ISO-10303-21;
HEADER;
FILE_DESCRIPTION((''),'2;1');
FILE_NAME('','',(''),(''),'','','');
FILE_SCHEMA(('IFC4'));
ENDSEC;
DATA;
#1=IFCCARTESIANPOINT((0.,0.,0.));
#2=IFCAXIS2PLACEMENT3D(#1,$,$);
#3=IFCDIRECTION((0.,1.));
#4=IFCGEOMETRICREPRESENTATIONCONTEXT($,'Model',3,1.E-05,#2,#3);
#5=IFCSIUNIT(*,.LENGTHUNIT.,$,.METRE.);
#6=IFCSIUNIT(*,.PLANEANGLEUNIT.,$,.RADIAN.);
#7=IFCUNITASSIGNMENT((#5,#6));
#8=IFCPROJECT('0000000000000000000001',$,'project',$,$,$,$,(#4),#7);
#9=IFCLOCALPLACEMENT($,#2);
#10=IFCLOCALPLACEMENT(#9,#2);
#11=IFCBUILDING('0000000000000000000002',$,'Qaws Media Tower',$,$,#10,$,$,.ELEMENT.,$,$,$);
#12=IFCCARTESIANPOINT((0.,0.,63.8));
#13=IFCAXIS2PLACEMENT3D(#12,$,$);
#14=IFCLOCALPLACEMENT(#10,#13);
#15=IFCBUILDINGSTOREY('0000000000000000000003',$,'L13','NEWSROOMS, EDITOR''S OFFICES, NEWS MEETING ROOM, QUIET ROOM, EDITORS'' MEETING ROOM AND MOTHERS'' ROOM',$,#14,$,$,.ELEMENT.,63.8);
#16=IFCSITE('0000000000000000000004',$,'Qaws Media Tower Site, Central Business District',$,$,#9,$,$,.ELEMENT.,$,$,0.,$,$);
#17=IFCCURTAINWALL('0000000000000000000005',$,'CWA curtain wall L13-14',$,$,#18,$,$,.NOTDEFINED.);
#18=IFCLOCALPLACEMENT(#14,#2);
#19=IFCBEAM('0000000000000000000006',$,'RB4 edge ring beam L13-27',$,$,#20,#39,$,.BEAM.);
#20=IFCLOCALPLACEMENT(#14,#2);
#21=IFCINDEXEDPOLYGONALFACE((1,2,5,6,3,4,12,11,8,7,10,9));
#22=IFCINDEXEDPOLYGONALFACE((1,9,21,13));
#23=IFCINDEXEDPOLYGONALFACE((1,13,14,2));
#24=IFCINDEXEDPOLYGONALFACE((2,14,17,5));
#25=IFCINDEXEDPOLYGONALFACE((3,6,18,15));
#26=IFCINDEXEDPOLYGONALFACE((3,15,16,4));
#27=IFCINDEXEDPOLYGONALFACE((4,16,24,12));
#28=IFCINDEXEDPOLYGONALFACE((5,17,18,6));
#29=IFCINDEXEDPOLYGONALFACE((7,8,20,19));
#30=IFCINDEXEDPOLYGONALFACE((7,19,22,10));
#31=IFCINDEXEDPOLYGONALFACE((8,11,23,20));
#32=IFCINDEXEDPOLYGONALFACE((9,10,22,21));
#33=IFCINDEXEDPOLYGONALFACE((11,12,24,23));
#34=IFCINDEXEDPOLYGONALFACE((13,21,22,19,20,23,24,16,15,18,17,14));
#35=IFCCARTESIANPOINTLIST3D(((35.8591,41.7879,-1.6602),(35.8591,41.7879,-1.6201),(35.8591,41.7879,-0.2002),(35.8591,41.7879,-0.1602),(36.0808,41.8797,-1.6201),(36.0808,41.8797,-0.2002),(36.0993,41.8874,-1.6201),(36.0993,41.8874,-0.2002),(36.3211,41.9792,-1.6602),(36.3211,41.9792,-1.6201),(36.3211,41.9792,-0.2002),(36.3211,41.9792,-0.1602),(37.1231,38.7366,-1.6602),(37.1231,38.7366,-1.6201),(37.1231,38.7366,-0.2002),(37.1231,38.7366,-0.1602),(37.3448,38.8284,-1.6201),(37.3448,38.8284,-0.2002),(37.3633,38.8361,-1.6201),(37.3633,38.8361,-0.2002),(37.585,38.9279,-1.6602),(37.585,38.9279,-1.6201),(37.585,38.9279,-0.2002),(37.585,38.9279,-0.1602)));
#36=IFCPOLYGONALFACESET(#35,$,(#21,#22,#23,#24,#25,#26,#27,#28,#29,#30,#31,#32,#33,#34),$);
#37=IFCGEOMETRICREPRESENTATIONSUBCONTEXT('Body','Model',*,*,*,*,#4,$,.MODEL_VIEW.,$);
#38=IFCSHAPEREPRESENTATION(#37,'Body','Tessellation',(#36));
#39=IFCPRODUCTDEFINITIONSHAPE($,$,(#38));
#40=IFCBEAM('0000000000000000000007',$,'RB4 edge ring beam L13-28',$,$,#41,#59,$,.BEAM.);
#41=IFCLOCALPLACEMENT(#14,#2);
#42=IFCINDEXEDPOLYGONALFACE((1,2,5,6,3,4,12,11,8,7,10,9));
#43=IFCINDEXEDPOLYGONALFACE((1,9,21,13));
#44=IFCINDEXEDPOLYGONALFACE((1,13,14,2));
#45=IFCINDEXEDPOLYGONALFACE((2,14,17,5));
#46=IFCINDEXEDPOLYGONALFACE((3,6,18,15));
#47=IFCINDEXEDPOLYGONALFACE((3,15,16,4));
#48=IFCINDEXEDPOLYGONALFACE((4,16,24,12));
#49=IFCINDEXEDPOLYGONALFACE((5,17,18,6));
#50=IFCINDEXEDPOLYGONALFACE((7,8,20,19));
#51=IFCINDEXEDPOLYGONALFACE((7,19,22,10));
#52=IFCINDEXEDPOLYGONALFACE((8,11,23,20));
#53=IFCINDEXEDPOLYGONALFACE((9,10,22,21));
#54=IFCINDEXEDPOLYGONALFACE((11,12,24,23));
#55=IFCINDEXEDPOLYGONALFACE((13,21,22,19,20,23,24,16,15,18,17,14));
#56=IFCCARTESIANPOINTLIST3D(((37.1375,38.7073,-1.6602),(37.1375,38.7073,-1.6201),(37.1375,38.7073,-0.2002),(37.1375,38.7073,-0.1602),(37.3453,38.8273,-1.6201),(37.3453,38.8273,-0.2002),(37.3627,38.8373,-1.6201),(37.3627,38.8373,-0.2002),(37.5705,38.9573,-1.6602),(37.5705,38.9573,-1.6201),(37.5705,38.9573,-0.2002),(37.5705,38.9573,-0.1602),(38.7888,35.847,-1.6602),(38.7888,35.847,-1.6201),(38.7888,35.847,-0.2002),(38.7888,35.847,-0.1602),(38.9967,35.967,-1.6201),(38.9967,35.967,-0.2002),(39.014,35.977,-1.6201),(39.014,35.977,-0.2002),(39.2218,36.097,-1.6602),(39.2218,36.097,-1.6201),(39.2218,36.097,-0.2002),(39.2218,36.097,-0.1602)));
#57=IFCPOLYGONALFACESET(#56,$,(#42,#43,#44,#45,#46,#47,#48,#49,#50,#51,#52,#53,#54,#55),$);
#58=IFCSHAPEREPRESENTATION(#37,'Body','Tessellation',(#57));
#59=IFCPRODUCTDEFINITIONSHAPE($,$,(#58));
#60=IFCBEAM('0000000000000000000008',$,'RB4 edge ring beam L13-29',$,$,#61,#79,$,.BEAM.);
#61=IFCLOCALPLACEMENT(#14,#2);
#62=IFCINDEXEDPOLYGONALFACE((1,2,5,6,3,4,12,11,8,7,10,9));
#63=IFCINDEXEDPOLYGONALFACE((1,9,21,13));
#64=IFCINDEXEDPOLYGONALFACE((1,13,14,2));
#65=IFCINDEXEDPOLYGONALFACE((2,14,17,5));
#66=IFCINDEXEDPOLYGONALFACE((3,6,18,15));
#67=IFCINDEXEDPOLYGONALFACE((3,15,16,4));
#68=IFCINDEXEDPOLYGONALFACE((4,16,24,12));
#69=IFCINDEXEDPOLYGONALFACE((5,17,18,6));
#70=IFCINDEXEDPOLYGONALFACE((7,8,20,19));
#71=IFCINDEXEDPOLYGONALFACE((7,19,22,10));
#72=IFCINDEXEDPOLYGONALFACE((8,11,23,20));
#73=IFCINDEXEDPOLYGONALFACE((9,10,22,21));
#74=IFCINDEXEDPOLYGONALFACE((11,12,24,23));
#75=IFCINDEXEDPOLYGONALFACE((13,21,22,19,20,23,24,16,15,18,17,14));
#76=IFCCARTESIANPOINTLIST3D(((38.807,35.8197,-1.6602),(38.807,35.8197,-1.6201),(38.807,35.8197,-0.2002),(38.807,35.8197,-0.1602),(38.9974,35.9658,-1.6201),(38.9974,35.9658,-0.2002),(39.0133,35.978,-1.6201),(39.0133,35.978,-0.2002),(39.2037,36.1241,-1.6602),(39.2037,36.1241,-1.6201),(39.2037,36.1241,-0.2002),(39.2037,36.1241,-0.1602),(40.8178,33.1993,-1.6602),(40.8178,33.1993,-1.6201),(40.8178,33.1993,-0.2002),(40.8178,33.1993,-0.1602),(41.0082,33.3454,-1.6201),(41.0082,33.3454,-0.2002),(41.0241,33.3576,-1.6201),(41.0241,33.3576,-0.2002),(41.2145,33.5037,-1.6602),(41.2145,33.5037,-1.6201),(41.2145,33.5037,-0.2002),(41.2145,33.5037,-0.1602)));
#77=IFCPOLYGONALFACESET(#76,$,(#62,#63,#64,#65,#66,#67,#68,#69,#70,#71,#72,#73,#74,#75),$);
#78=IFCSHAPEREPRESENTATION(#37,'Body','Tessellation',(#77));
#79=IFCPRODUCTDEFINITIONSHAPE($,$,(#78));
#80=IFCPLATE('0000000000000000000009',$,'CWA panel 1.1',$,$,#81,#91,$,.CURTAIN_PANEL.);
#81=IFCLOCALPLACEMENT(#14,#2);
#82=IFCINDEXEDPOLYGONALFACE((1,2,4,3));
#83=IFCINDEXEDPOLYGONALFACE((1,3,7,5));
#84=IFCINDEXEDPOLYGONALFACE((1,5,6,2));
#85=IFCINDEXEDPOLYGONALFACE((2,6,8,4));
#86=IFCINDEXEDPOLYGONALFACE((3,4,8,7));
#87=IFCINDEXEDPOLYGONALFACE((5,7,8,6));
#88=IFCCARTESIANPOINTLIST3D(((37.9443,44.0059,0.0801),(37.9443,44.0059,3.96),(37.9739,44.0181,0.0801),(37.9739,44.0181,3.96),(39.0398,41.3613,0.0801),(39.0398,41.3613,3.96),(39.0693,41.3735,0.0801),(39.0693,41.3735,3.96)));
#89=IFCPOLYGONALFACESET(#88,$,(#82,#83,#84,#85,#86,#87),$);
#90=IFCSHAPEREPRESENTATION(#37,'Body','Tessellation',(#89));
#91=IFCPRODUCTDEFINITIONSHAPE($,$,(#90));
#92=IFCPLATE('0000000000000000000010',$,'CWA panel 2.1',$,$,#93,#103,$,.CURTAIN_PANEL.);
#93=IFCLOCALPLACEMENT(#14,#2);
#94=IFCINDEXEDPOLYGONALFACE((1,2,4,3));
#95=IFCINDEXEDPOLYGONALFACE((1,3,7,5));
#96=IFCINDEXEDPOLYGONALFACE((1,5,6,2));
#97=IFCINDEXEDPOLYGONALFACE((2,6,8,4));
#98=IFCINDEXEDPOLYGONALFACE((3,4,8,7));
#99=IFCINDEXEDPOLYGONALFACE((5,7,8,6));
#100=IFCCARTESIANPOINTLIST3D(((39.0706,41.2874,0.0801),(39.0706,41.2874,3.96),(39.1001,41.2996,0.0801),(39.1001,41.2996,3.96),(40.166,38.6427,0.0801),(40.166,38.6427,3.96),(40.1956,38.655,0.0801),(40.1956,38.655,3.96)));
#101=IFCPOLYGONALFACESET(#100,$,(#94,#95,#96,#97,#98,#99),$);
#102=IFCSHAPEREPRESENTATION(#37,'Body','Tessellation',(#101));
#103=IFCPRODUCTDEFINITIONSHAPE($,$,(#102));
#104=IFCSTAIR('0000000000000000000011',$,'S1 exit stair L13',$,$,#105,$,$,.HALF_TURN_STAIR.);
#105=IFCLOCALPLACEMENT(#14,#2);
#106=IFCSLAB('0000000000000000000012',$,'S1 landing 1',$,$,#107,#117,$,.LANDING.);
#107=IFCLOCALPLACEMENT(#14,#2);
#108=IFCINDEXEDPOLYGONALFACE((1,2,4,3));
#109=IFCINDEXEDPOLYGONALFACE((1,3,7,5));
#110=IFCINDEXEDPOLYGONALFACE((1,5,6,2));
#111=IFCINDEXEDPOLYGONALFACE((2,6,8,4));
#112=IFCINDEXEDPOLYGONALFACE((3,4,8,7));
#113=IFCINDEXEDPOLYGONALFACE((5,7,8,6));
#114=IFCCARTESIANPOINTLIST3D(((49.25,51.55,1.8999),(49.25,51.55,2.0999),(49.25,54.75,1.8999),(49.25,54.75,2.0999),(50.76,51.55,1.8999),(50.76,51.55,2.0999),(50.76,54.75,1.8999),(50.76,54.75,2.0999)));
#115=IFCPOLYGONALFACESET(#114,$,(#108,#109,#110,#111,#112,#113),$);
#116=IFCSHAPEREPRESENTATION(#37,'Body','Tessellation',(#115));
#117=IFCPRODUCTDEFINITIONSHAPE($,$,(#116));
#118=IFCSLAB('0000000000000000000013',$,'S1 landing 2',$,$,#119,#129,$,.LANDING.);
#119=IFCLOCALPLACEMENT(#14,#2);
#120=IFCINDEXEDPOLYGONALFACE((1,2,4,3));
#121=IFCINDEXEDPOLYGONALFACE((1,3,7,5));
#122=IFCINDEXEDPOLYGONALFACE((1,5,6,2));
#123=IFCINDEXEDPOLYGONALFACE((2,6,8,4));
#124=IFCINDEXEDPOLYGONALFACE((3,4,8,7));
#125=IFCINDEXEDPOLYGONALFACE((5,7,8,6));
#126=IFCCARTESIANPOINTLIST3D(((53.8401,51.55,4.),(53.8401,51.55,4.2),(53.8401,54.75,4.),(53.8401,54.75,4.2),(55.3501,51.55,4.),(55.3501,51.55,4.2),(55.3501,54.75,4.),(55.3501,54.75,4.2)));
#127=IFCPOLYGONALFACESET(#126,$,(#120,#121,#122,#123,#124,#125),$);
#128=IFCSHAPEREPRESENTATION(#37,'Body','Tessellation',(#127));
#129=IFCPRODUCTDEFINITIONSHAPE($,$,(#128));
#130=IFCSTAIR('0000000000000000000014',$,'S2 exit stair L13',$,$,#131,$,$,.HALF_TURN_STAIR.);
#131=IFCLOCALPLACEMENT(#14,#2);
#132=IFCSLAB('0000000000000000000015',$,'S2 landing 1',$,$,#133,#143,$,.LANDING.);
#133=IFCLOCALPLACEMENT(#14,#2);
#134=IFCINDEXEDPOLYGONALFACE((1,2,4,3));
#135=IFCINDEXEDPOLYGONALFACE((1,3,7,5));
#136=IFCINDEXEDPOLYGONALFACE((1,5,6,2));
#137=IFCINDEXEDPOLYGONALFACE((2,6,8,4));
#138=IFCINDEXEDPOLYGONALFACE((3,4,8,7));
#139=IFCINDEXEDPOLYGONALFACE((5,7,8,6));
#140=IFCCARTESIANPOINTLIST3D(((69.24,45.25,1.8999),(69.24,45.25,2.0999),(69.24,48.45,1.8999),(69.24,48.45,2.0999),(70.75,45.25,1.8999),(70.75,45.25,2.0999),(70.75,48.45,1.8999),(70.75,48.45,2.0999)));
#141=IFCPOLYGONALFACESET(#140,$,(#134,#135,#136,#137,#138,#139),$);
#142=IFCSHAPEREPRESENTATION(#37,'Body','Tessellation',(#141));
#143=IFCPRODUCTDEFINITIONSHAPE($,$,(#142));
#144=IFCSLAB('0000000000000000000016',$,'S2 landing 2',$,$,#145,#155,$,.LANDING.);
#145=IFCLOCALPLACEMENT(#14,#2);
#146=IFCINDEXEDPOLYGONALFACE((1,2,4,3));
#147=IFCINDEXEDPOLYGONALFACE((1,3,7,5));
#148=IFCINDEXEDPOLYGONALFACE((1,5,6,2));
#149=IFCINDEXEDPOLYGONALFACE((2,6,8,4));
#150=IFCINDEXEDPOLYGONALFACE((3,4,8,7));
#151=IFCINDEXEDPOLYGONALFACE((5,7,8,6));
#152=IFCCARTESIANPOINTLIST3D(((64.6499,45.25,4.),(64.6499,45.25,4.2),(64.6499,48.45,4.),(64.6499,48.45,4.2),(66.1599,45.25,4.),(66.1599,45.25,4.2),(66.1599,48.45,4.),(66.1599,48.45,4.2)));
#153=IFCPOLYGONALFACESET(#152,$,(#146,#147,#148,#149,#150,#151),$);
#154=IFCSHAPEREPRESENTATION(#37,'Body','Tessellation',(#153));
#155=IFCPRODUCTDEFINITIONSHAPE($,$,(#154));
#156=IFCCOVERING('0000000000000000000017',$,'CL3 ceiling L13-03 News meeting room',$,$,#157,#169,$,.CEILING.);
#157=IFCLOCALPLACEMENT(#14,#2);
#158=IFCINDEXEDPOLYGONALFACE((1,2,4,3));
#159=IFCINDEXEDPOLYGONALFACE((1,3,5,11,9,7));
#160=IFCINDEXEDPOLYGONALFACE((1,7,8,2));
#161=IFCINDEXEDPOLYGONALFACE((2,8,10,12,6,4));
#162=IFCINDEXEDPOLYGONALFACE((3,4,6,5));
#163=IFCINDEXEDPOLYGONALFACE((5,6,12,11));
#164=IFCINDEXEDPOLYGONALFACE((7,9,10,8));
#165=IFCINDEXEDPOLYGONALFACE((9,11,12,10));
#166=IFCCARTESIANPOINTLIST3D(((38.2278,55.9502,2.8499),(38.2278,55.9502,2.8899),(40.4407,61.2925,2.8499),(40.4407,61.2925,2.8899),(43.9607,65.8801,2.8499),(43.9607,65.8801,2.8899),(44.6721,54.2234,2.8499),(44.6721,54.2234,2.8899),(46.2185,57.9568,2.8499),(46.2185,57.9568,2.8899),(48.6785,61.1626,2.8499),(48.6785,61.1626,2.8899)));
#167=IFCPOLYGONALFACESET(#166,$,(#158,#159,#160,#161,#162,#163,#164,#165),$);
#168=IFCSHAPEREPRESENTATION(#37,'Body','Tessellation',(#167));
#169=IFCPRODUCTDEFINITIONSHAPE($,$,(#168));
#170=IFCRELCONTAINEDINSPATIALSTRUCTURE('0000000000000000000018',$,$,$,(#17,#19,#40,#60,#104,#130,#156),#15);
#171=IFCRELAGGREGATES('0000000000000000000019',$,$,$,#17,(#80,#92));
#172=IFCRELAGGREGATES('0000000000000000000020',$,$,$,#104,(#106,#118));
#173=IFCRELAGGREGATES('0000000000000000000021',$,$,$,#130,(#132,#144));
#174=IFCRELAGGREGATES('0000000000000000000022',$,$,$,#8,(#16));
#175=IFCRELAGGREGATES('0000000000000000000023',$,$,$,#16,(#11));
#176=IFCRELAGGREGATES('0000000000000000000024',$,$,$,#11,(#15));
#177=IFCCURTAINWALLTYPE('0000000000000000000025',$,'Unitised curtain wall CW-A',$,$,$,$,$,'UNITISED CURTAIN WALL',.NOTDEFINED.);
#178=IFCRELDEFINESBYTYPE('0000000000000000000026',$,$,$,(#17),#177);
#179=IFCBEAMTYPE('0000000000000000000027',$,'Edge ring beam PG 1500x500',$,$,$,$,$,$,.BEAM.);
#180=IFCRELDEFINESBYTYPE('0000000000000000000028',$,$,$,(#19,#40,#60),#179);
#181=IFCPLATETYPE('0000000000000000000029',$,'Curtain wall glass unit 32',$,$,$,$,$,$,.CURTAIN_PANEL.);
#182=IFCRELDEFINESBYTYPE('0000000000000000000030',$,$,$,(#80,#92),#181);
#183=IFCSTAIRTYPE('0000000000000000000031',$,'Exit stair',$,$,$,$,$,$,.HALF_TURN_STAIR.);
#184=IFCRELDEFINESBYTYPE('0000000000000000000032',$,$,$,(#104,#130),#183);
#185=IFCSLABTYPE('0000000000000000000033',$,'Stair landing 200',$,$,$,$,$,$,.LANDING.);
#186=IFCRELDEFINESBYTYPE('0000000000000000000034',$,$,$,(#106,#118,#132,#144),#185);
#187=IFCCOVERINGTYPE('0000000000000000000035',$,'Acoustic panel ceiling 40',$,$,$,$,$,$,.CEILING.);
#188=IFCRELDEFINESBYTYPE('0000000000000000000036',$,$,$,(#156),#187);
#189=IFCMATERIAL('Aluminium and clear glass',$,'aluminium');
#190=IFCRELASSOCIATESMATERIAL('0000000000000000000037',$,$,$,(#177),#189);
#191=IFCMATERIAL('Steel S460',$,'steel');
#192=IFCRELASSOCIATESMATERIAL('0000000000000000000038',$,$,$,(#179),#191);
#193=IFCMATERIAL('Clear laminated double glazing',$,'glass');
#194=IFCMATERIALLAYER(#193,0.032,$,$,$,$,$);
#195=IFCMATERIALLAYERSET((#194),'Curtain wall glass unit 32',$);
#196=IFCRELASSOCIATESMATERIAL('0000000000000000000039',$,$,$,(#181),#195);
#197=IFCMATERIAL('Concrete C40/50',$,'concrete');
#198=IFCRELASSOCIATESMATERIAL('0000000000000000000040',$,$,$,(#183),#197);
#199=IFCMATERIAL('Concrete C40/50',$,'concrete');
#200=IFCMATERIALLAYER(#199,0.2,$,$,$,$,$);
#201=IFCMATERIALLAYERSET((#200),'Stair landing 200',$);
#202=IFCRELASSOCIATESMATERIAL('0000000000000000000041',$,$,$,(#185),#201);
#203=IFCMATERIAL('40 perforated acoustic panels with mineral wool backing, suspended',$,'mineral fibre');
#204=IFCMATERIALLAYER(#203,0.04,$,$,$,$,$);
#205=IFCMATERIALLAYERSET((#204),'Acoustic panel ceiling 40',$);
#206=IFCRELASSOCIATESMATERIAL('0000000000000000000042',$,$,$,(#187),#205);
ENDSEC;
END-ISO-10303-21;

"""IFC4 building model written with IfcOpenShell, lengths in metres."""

from ifc_helpers import new_model, si_unit, direction, frame, origin, origin_2d, place, context, subcontext, project, spatial, polyline, rectangle, i_section, outline, extrude, material, layer, layer_set, material_profile, profile_set, type_object, element, aggregate, save


model = new_model("IFC4")

# Units and contexts
model_context = context("Model", 3, precision=1e-05, world=origin(), true_north=direction((0.0, 1.0)))
body_context = subcontext(model_context, "Body", "Model", "MODEL_VIEW")
ifc_project = project(units=[si_unit("LENGTHUNIT", "METRE"), si_unit("PLANEANGLEUNIT", "RADIAN")], contexts=[model_context])

# Site, building, storey
site_placement = place(None, origin())
site = spatial("IfcSite", under=ifc_project, at=site_placement, Name="Qaws Media Tower Site, Central Business District", CompositionType="ELEMENT", RefElevation=0.0)
building_placement = place(site_placement, origin())
building = spatial("IfcBuilding", under=site, at=building_placement, Name="Qaws Media Tower", CompositionType="ELEMENT")
storey_placement = place(building_placement, frame((0.0, 0.0, 63.8)))
storey = spatial("IfcBuildingStorey", under=building, at=storey_placement, Name="L13", Description="NEWSROOMS, EDITOR'S OFFICES, NEWS MEETING ROOM, QUIET ROOM, EDITORS' MEETING ROOM AND MOTHERS' ROOM", CompositionType="ELEMENT", Elevation=63.8)

# Curtain wall
ifc_material_1 = material(Name="Aluminium and clear glass", Category="aluminium")
curtain_wall_type = type_object("IfcCurtainWallType", Name="Unitised curtain wall CW-A", ElementType="UNITISED CURTAIN WALL", PredefinedType="NOTDEFINED", material=ifc_material_1)
curtain_wall_placement = place(storey_placement, origin())
curtain_wall = element("IfcCurtainWall", 1, at=curtain_wall_placement, inside=storey, type_object=curtain_wall_type, Name="CWA curtain wall L13-14", PredefinedType="NOTDEFINED")

# Beams
ifc_material_2 = material(Name="Steel S460", Category="steel")
ifc_material_profile_1 = material_profile(ifc_material_2, i_section(OverallWidth=0.5, OverallDepth=1.5, WebThickness=0.02, FlangeThickness=0.04, at=origin_2d()), Name="PG 1500x500")
ifc_profile_set_1 = profile_set([ifc_material_profile_1], Name="Steel S460")
beam_type = type_object("IfcBeamType", Name="Edge ring beam PG 1500x500", PredefinedType="BEAM", material=ifc_profile_set_1)
for number, where, z_axis, x_axis, name in (
    (2, (36.0901, 41.8835, -0.9102), (0.382693, -0.923875, 0.0), (0.923875, 0.382693, 0.0), "RB4 edge ring beam L13-27"),
    (3, (37.354, 38.8323, -0.9102), (0.499987, -0.866033, 0.0), (0.866033, 0.499987, 0.0), "RB4 edge ring beam L13-28"),
):
    element("IfcBeam", number, at=place(storey_placement, frame(where, z_axis=z_axis, x_axis=x_axis)), inside=storey, type_object=beam_type, Name=name, PredefinedType="BEAM", context=body_context, shape_type="SweptSolid", body=[
        extrude(i_section(OverallWidth=0.5, OverallDepth=1.5, WebThickness=0.02, FlangeThickness=0.04, at=origin_2d()), origin(), (0.0, 0.0, 1.0), 3.3027),
    ])
beam_placement = place(storey_placement, frame((39.0054, 35.9719, -0.9102), z_axis=(0.608774, -0.793343, 0.0), x_axis=(0.793343, 0.608774, 0.0)))
element("IfcBeam", 4, at=beam_placement, inside=storey, type_object=beam_type, Name="RB4 edge ring beam L13-29", PredefinedType="BEAM", context=body_context, shape_type="SweptSolid", body=[
    extrude(i_section(OverallWidth=0.5, OverallDepth=1.5, WebThickness=0.02, FlangeThickness=0.04, at=origin_2d()), origin(), (0.0, 0.0, 1.0), 3.303),
])

# Plates
ifc_material_3 = material(Name="Clear laminated double glazing", Category="glass")
ifc_layer_1 = layer(ifc_material_3, 0.032)
ifc_layer_set_1 = layer_set([ifc_layer_1], Name="Curtain wall glass unit 32")
plate_type = type_object("IfcPlateType", Name="Curtain wall glass unit 32", PredefinedType="CURTAIN_PANEL", material=ifc_layer_set_1)
plate_1_placement = place(storey_placement, frame((38.5068, 42.6897, 0.0801), z_axis=(0.0, 0.0, 1.0), x_axis=(0.382683, -0.92388, 0.0)))
plate_1 = element("IfcPlate", 5, at=plate_1_placement, type_object=plate_type, Name="CWA panel 1.1", PredefinedType="CURTAIN_PANEL", context=body_context, shape_type="SweptSolid", body=[
    extrude(rectangle(XDim=2.8625, YDim=0.032, at=origin_2d()), origin(), (0.0, 0.0, 1.0), 3.8799),
])
plate_2_placement = place(storey_placement, frame((39.6331, 39.9712, 0.0801), z_axis=(0.0, 0.0, 1.0), x_axis=(0.382683, -0.92388, 0.0)))
plate_2 = element("IfcPlate", 6, at=plate_2_placement, type_object=plate_type, Name="CWA panel 2.1", PredefinedType="CURTAIN_PANEL", context=body_context, shape_type="SweptSolid", body=[
    extrude(rectangle(XDim=2.8625, YDim=0.032, at=origin_2d()), origin(), (0.0, 0.0, 1.0), 3.8799),
])
aggregate(curtain_wall, [plate_1, plate_2])

# Stairs, slabs
ifc_material_4 = material(Name="Concrete C40/50", Category="concrete")
stair_type = type_object("IfcStairType", Name="Exit stair", PredefinedType="HALF_TURN_STAIR", material=ifc_material_4)
stair_1_placement = place(storey_placement, origin())
stair_1 = element("IfcStair", 7, at=stair_1_placement, inside=storey, type_object=stair_type, Name="S1 exit stair L13", PredefinedType="HALF_TURN_STAIR")
ifc_material_5 = material(Name="Concrete C40/50", Category="concrete")
ifc_layer_2 = layer(ifc_material_5, 0.2)
ifc_layer_set_2 = layer_set([ifc_layer_2], Name="Stair landing 200")
slab_type = type_object("IfcSlabType", Name="Stair landing 200", PredefinedType="LANDING", material=ifc_layer_set_2)
slab_1_placement = place(storey_placement, frame((0.0, 0.0, 1.8999)))
slab_1 = element("IfcSlab", 8, at=slab_1_placement, type_object=slab_type, Name="S1 landing 1", PredefinedType="LANDING", context=body_context, shape_type="SweptSolid", body=[
    extrude(outline(polyline([(49.25, 51.55), (50.76, 51.55), (50.76, 54.75), (49.25, 54.75), (49.25, 51.55)])), origin(), (0.0, 0.0, 1.0), 0.2),
])
slab_2_placement = place(storey_placement, frame((0.0, 0.0, 4.0)))
slab_2 = element("IfcSlab", 9, at=slab_2_placement, type_object=slab_type, Name="S1 landing 2", PredefinedType="LANDING", context=body_context, shape_type="SweptSolid", body=[
    extrude(outline(polyline([(53.8401, 51.55), (55.3501, 51.55), (55.3501, 54.75), (53.8401, 54.75), (53.8401, 51.55)])), origin(), (0.0, 0.0, 1.0), 0.2),
])
aggregate(stair_1, [slab_1, slab_2])
stair_2_placement = place(storey_placement, origin())
stair_2 = element("IfcStair", 10, at=stair_2_placement, inside=storey, type_object=stair_type, Name="S2 exit stair L13", PredefinedType="HALF_TURN_STAIR")
slab_3_placement = place(storey_placement, frame((0.0, 0.0, 1.8999)))
slab_3 = element("IfcSlab", 11, at=slab_3_placement, type_object=slab_type, Name="S2 landing 1", PredefinedType="LANDING", context=body_context, shape_type="SweptSolid", body=[
    extrude(outline(polyline([(69.24, 45.25), (70.75, 45.25), (70.75, 48.45), (69.24, 48.45), (69.24, 45.25)])), origin(), (0.0, 0.0, 1.0), 0.2),
])
slab_4_placement = place(storey_placement, frame((0.0, 0.0, 4.0)))
slab_4 = element("IfcSlab", 12, at=slab_4_placement, type_object=slab_type, Name="S2 landing 2", PredefinedType="LANDING", context=body_context, shape_type="SweptSolid", body=[
    extrude(outline(polyline([(64.6499, 45.25), (66.1599, 45.25), (66.1599, 48.45), (64.6499, 48.45), (64.6499, 45.25)])), origin(), (0.0, 0.0, 1.0), 0.2),
])
aggregate(stair_2, [slab_3, slab_4])

# Covering
ifc_material_6 = material(Name="40 perforated acoustic panels with mineral wool backing, suspended", Category="mineral fibre")
ifc_layer_3 = layer(ifc_material_6, 0.04)
ifc_layer_set_3 = layer_set([ifc_layer_3], Name="Acoustic panel ceiling 40")
covering_type_1 = type_object("IfcCoveringType", Name="Acoustic panel ceiling 40", PredefinedType="CEILING", material=ifc_layer_set_3)
covering_1_placement = place(storey_placement, frame((0.0, 0.0, 2.8499)))
element("IfcCovering", 13, at=covering_1_placement, inside=storey, type_object=covering_type_1, Name="CL3 ceiling L13-03 News meeting room", PredefinedType="CEILING", context=body_context, shape_type="SweptSolid", body=[
    extrude(outline(polyline([(40.4407, 61.2925), (43.9607, 65.8801), (48.6785, 61.1626), (46.2185, 57.9568), (44.6721, 54.2234), (38.2278, 55.9502), (40.4407, 61.2925)])), origin(), (0.0, 0.0, 1.0), 0.04),
])

save(model, "model.ifc")
